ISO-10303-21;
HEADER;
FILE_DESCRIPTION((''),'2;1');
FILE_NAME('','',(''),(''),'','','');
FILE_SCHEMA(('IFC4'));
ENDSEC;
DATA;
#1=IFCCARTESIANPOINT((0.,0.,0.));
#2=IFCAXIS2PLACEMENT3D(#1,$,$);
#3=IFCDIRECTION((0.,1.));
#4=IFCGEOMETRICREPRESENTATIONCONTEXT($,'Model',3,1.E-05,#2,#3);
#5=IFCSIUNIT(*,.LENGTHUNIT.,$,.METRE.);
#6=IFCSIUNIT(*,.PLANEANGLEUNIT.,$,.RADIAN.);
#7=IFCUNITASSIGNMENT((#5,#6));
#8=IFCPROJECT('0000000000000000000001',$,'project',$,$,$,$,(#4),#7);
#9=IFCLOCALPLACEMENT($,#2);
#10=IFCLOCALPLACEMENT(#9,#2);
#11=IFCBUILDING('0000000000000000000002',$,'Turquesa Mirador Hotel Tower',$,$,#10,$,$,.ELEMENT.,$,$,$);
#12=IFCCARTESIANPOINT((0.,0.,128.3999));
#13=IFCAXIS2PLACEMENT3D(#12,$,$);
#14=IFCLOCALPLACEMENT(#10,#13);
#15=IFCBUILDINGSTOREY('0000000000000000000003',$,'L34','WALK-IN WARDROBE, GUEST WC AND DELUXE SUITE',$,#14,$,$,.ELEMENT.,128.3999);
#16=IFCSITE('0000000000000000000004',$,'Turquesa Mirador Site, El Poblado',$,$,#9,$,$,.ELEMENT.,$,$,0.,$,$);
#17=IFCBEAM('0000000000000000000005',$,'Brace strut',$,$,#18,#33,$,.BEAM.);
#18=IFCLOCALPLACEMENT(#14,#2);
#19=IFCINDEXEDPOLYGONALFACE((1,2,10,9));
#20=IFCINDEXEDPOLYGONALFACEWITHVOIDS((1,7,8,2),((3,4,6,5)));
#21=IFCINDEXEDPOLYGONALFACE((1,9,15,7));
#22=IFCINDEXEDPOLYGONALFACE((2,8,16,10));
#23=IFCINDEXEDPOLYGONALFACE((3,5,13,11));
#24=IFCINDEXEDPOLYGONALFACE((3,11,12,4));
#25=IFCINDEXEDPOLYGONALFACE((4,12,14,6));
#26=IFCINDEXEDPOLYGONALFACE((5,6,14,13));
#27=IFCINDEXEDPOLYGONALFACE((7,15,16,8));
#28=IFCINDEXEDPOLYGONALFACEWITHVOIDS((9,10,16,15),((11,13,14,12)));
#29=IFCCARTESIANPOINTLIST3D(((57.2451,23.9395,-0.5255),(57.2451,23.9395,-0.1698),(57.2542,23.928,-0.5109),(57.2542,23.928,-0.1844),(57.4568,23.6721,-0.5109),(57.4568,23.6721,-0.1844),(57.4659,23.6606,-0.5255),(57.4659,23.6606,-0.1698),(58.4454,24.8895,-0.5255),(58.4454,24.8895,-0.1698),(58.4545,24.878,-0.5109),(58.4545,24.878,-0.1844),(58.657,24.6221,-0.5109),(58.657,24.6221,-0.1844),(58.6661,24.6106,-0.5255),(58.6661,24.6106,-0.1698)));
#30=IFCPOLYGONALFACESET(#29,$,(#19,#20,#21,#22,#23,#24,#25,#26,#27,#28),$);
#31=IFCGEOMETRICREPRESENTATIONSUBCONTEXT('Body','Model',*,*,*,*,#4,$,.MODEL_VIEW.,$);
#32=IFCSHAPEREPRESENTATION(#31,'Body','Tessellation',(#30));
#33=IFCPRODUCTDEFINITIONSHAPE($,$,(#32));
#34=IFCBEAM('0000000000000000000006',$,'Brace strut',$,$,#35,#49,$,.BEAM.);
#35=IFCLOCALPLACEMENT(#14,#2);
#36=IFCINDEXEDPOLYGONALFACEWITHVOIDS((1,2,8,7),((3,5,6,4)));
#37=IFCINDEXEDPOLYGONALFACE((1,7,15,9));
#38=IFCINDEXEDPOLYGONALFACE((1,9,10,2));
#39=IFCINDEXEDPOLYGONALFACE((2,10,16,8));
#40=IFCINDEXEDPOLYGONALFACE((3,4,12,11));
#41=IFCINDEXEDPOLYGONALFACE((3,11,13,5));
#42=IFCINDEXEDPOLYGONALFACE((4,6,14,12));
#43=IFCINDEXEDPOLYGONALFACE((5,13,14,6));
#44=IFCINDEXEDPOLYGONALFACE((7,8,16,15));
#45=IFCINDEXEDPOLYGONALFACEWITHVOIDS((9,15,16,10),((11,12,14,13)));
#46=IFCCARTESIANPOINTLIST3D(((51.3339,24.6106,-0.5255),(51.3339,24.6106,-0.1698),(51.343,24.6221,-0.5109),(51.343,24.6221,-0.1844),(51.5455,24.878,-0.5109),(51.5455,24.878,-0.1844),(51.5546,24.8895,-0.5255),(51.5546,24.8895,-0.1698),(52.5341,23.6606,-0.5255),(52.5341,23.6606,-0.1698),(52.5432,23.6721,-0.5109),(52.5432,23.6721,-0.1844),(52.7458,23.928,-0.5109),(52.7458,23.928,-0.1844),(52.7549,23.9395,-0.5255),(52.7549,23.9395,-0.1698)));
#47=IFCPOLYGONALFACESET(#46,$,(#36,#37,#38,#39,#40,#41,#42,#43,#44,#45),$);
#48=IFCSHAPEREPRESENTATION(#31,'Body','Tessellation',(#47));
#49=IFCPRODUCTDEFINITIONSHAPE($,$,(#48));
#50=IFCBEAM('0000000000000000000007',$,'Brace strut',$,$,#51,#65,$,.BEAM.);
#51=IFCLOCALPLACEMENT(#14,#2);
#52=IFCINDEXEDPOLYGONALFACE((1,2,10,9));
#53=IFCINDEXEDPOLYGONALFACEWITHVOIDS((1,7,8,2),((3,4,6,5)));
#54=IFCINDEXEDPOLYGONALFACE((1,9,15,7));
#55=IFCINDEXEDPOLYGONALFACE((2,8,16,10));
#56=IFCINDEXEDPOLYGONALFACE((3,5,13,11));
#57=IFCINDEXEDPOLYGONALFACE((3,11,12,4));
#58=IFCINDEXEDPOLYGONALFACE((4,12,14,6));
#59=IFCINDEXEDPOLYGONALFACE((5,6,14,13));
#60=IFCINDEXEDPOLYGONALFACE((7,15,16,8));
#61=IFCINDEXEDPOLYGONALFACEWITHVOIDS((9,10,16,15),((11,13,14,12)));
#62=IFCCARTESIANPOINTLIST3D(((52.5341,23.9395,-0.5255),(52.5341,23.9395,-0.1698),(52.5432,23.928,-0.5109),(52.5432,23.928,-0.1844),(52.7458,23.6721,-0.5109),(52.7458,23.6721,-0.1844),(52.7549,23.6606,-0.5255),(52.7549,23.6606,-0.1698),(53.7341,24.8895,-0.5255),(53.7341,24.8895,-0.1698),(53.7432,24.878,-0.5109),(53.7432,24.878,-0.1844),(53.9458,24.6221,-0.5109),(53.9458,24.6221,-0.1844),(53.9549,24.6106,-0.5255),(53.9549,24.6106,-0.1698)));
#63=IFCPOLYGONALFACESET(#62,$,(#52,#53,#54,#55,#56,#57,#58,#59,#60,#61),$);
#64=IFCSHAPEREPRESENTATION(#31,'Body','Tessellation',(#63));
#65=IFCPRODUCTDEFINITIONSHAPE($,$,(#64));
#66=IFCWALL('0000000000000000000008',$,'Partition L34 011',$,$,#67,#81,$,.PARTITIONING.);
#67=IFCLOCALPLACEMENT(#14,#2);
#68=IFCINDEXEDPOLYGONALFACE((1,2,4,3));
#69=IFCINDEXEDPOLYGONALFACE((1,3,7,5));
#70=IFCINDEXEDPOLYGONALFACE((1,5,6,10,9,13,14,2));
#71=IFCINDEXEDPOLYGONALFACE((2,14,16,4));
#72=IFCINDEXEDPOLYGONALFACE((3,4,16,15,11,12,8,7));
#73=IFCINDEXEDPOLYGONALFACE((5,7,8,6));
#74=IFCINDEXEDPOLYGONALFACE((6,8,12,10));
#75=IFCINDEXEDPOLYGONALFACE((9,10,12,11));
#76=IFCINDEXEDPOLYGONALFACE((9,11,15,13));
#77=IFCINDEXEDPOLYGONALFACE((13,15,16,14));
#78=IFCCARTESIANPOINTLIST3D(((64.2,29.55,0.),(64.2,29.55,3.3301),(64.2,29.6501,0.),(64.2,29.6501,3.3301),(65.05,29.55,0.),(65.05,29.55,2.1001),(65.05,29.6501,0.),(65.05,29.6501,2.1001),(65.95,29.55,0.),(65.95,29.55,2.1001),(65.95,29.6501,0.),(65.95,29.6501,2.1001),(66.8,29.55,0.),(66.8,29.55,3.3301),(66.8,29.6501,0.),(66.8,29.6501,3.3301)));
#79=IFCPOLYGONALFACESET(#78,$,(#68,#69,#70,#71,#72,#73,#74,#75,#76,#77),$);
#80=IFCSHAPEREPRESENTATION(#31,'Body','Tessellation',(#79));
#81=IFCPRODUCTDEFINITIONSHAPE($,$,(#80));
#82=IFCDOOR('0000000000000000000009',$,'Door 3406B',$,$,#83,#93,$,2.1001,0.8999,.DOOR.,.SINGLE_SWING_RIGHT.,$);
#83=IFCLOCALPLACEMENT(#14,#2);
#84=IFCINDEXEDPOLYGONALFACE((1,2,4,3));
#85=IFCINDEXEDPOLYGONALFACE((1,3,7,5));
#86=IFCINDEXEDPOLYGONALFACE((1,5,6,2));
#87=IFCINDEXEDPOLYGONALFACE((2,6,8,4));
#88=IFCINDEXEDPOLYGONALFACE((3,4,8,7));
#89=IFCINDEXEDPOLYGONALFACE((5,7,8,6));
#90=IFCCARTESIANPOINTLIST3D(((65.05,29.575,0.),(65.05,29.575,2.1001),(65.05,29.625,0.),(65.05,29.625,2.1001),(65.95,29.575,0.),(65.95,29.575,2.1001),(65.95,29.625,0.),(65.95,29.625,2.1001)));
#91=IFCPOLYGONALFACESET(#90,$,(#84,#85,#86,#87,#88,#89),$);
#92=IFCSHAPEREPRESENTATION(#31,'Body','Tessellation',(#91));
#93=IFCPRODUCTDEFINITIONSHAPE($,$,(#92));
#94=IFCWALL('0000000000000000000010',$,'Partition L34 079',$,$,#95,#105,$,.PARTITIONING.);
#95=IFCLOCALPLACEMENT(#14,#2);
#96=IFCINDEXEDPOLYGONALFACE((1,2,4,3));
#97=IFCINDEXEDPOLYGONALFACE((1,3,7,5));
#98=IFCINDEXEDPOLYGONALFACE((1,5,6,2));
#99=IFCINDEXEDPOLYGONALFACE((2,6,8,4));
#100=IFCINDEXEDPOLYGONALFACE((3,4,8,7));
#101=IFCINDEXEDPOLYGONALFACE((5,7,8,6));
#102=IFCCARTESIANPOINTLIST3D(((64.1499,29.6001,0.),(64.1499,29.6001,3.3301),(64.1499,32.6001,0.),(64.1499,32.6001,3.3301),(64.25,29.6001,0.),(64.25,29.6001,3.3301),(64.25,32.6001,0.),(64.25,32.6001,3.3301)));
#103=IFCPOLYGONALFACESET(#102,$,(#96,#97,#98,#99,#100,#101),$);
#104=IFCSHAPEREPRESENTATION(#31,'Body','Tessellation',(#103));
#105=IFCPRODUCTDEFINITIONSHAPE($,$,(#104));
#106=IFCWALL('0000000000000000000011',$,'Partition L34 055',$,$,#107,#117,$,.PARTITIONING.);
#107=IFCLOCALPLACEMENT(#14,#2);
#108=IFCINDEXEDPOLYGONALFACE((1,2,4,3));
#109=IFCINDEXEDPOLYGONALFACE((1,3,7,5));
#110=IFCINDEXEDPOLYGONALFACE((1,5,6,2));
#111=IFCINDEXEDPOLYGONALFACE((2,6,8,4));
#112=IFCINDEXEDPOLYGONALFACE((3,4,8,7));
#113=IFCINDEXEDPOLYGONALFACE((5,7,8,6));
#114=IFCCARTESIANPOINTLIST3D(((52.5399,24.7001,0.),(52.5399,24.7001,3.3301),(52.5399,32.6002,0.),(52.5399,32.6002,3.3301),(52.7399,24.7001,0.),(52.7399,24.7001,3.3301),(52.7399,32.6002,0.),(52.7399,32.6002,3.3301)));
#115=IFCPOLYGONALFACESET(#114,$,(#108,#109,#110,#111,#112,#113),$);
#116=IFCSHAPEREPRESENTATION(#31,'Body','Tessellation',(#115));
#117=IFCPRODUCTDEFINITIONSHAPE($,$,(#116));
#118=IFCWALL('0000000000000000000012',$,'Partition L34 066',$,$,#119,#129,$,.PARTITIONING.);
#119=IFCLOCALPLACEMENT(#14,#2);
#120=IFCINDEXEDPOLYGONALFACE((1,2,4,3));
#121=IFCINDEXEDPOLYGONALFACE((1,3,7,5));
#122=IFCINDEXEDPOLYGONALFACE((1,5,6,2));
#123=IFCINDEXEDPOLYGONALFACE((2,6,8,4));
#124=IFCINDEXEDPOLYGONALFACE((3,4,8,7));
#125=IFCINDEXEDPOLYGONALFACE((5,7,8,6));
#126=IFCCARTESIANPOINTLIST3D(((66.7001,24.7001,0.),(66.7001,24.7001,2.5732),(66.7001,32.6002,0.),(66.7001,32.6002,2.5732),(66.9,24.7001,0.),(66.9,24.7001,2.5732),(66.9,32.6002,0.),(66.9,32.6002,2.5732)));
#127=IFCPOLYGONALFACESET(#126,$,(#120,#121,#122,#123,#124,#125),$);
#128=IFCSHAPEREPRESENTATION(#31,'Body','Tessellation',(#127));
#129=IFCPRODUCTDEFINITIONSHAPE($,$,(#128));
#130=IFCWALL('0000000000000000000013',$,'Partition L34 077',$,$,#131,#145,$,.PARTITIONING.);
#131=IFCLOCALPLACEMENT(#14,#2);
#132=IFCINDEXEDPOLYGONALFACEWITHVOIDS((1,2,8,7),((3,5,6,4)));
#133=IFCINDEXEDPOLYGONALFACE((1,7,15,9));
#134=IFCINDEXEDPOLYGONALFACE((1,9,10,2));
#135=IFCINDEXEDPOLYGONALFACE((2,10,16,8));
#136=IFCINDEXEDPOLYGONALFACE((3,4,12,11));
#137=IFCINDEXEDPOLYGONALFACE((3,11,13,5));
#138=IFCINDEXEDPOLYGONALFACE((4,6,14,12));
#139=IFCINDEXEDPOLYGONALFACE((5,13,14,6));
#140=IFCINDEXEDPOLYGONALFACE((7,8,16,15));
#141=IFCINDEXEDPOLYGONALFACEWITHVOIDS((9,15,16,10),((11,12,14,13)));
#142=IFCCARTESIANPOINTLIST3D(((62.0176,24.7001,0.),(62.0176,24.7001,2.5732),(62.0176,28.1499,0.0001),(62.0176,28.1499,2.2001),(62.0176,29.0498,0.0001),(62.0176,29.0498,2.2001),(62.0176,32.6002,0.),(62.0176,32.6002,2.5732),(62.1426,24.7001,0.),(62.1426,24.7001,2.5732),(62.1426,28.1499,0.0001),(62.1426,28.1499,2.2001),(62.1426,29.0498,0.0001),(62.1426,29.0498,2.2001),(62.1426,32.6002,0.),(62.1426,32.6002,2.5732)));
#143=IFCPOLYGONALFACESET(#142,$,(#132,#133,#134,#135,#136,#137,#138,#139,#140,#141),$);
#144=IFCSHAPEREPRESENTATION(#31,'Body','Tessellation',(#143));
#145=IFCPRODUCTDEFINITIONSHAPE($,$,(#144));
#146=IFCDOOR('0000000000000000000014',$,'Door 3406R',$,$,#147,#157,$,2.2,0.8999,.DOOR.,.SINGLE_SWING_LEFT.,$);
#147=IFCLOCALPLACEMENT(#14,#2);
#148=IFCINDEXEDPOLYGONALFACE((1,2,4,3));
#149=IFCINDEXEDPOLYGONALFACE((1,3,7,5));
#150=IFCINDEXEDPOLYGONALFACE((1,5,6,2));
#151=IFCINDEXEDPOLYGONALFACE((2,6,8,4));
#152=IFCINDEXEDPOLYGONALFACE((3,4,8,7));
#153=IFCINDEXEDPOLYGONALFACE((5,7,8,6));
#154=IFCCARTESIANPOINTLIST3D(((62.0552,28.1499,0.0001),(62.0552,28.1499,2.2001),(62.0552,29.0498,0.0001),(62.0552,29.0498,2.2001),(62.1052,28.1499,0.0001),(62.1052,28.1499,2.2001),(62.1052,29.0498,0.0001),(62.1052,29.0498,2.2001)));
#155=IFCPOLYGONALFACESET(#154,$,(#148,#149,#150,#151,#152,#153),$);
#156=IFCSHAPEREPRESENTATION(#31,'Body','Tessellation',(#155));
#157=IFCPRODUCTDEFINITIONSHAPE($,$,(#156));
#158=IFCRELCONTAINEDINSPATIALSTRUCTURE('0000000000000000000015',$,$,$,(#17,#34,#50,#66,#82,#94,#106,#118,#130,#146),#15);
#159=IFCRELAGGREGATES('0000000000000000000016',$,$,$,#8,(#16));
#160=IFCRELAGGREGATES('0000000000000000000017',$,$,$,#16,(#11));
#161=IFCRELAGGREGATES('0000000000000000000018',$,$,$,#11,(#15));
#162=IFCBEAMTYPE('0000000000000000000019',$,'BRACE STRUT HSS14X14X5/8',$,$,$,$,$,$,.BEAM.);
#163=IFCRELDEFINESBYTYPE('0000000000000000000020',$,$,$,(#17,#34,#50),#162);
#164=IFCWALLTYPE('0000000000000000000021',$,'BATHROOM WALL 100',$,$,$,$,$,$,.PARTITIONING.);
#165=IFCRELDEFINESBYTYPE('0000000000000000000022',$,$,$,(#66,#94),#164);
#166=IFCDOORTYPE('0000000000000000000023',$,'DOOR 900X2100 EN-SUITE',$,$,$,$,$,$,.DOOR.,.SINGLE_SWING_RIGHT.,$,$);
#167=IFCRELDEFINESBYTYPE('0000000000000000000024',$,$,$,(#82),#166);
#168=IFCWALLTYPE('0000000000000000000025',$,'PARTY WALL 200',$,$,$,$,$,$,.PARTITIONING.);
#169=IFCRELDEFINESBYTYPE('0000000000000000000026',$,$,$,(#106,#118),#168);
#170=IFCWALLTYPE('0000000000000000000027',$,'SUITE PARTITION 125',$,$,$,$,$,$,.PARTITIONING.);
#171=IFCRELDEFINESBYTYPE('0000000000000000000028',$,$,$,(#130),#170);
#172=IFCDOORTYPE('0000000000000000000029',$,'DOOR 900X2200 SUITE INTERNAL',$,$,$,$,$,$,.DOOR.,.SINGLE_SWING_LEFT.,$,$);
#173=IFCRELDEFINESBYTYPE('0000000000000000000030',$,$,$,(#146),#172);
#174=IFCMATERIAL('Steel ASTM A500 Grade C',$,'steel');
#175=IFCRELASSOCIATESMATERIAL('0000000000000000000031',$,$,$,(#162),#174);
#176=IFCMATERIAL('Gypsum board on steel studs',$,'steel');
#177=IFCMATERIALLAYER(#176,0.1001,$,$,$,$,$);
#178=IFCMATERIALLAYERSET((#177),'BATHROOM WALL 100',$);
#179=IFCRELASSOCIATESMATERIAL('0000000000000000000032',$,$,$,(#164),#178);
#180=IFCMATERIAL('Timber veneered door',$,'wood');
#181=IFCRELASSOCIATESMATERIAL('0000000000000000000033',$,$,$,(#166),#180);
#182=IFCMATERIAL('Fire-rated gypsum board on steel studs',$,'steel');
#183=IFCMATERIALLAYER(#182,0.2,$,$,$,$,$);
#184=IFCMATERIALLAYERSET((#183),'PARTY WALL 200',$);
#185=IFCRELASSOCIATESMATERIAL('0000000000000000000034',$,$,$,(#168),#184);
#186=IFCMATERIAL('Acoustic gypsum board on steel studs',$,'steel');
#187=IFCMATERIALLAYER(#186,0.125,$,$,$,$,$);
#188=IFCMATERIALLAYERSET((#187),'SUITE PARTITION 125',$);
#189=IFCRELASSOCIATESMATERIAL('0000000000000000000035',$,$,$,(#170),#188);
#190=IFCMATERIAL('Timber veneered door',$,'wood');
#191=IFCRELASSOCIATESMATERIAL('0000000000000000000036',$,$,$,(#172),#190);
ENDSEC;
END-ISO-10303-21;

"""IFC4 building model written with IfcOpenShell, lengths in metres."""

from ifc_helpers import new_model, si_unit, direction, frame, frame_2d, origin, origin_2d, place, context, subcontext, project, spatial, rectangle, hollow_rectangle, extrude, material, layer, layer_set, material_profile, profile_set, type_object, element, fill, save


model = new_model("IFC4")

# Units and contexts
model_context = context("Model", 3, precision=1e-05, world=origin(), true_north=direction((0.0, 1.0)))
body_context = subcontext(model_context, "Body", "Model", "MODEL_VIEW")
ifc_project = project(units=[si_unit("LENGTHUNIT", "METRE"), si_unit("PLANEANGLEUNIT", "RADIAN")], contexts=[model_context])

# Site, building, storey
site_placement = place(None, origin())
site = spatial("IfcSite", under=ifc_project, at=site_placement, Name="Turquesa Mirador Site, El Poblado", CompositionType="ELEMENT", RefElevation=0.0)
building_placement = place(site_placement, origin())
building = spatial("IfcBuilding", under=site, at=building_placement, Name="Turquesa Mirador Hotel Tower", CompositionType="ELEMENT")
storey_placement = place(building_placement, frame((0.0, 0.0, 128.3999)))
storey = spatial("IfcBuildingStorey", under=building, at=storey_placement, Name="L34", Description="WALK-IN WARDROBE, GUEST WC AND DELUXE SUITE", CompositionType="ELEMENT", Elevation=128.3999)

# Beams
ifc_material_1 = material(Name="Steel ASTM A500 Grade C", Category="steel")
ifc_material_profile_1 = material_profile(ifc_material_1, hollow_rectangle(XDim=0.3557, YDim=0.3557, WallThickness=0.0146, at=origin_2d()), Name="HSS14X14X5/8")
ifc_profile_set_1 = profile_set([ifc_material_profile_1], Name="Steel ASTM A500 Grade C")
beam_type_1 = type_object("IfcBeamType", Name="BRACE STRUT HSS14X14X5/8", PredefinedType="BEAM", material=ifc_profile_set_1)
for number, where, z_axis, x_axis, name in (
    (1, (57.3555, 23.8, -0.3477), (0.784111, 0.620621, 0.0), (-0.620621, 0.784111, 0.0), "Brace strut"),
    (2, (52.6445, 23.8, -0.3477), (-0.784111, 0.620621, 0.0), (-0.620621, -0.784111, 0.0), "Brace strut"),
):
    element("IfcBeam", number, at=place(storey_placement, frame(where, z_axis=z_axis, x_axis=x_axis)), inside=storey, type_object=beam_type_1, Name=name, PredefinedType="BEAM", context=body_context, shape_type="SweptSolid", body=[
        extrude(hollow_rectangle(XDim=0.3557, YDim=0.3557, WallThickness=0.0146, at=origin_2d()), origin(), (0.0, 0.0, 1.0), 1.5308),
    ])
beam_1_placement = place(storey_placement, frame((52.6445, 23.8, -0.3477), z_axis=(0.784049, 0.620699, 0.0), x_axis=(-0.620699, 0.784049, 0.0)))
element("IfcBeam", 3, at=beam_1_placement, inside=storey, type_object=beam_type_1, Name="Brace strut", PredefinedType="BEAM", context=body_context, shape_type="SweptSolid", body=[
    extrude(hollow_rectangle(XDim=0.3557, YDim=0.3557, WallThickness=0.0146, at=origin_2d()), origin(), (0.0, 0.0, 1.0), 1.5305),
])

# Wall, opening, door
ifc_material_2 = material(Name="Gypsum board on steel studs", Category="steel")
ifc_layer_1 = layer(ifc_material_2, 0.1001)
ifc_layer_set_1 = layer_set([ifc_layer_1], Name="BATHROOM WALL 100")
wall_type_1 = type_object("IfcWallType", Name="BATHROOM WALL 100", PredefinedType="PARTITIONING", material=ifc_layer_set_1)
wall_1_placement = place(storey_placement, frame((64.2, 29.6001, 0.0), z_axis=(0.0, 0.0, 1.0), x_axis=(1.0, 0.0, 0.0)))
wall_1 = element("IfcWall", 4, at=wall_1_placement, inside=storey, type_object=wall_type_1, Name="Partition L34 011", PredefinedType="PARTITIONING", context=body_context, shape_type="SweptSolid", body=[
    extrude(rectangle(XDim=2.6001, YDim=0.1001, at=frame_2d((1.3, 0.0))), origin(), (0.0, 0.0, 1.0), 3.3301),
])
opening_1_placement = place(wall_1_placement, frame((0.8501, 0.0, 0.0)))
opening_1 = element("IfcOpeningElement", 5, at=opening_1_placement, cuts=wall_1, PredefinedType="OPENING", context=body_context, shape_type="SweptSolid", body=[
    extrude(rectangle(XDim=0.8999, YDim=2.1001, at=frame_2d((0.45, 1.05))), frame((0.0, 0.0601, 0.0), z_axis=(0.0, -1.0, 0.0), x_axis=(1.0, 0.0, 0.0)), (0.0, 0.0, 1.0), 0.1201),
])
ifc_material_3 = material(Name="Timber veneered door", Category="wood")
door_type_1 = type_object("IfcDoorType", Name="DOOR 900X2100 EN-SUITE", OperationType="SINGLE_SWING_RIGHT", PredefinedType="DOOR", material=ifc_material_3)
door_1_placement = place(opening_1_placement, origin())
door_1 = element("IfcDoor", 6, at=door_1_placement, inside=storey, type_object=door_type_1, Name="Door 3406B", OperationType="SINGLE_SWING_RIGHT", OverallHeight=2.1001, OverallWidth=0.8999, PredefinedType="DOOR", context=body_context, shape_type="SweptSolid", body=[
    extrude(rectangle(XDim=0.8999, YDim=2.1001, at=frame_2d((0.45, 1.05))), frame((0.0, 0.0249, 0.0), z_axis=(0.0, -1.0, 0.0), x_axis=(1.0, 0.0, 0.0)), (0.0, 0.0, 1.0), 0.05),
])
fill(opening_1, door_1)

# Walls
wall_2_placement = place(storey_placement, frame((64.2, 29.6001, 0.0), z_axis=(0.0, 0.0, 1.0), x_axis=(0.0, 1.0, 0.0)))
element("IfcWall", 7, at=wall_2_placement, inside=storey, type_object=wall_type_1, Name="Partition L34 079", PredefinedType="PARTITIONING", context=body_context, shape_type="SweptSolid", body=[
    extrude(rectangle(XDim=3.0, YDim=0.1001, at=frame_2d((1.5, 0.0))), origin(), (0.0, 0.0, 1.0), 3.3301),
])
ifc_material_4 = material(Name="Fire-rated gypsum board on steel studs", Category="steel")
ifc_layer_2 = layer(ifc_material_4, 0.2)
ifc_layer_set_2 = layer_set([ifc_layer_2], Name="PARTY WALL 200")
wall_type_2 = type_object("IfcWallType", Name="PARTY WALL 200", PredefinedType="PARTITIONING", material=ifc_layer_set_2)
wall_3_placement = place(storey_placement, frame((52.6399, 24.7, 0.0), z_axis=(0.0, 0.0, 1.0), x_axis=(0.0, 1.0, 0.0)))
element("IfcWall", 8, at=wall_3_placement, inside=storey, type_object=wall_type_2, Name="Partition L34 055", PredefinedType="PARTITIONING", context=body_context, shape_type="SweptSolid", body=[
    extrude(rectangle(XDim=7.9001, YDim=0.2, at=frame_2d((3.9502, 0.0))), origin(), (0.0, 0.0, 1.0), 3.3301),
])
wall_4_placement = place(storey_placement, frame((66.8, 24.7, 0.0), z_axis=(0.0, 0.0, 1.0), x_axis=(0.0, 1.0, 0.0)))
element("IfcWall", 9, at=wall_4_placement, inside=storey, type_object=wall_type_2, Name="Partition L34 066", PredefinedType="PARTITIONING", context=body_context, shape_type="SweptSolid", body=[
    extrude(rectangle(XDim=7.9001, YDim=0.2, at=frame_2d((3.9502, 0.0))), origin(), (0.0, 0.0, 1.0), 2.5732),
])

# Wall, opening, door
ifc_material_5 = material(Name="Acoustic gypsum board on steel studs", Category="steel")
ifc_layer_3 = layer(ifc_material_5, 0.125)
ifc_layer_set_3 = layer_set([ifc_layer_3], Name="SUITE PARTITION 125")
wall_type_3 = type_object("IfcWallType", Name="SUITE PARTITION 125", PredefinedType="PARTITIONING", material=ifc_layer_set_3)
wall_5_placement = place(storey_placement, frame((62.0801, 24.7, 0.0), z_axis=(0.0, 0.0, 1.0), x_axis=(0.0, 1.0, 0.0)))
wall_5 = element("IfcWall", 10, at=wall_5_placement, inside=storey, type_object=wall_type_3, Name="Partition L34 077", PredefinedType="PARTITIONING", context=body_context, shape_type="SweptSolid", body=[
    extrude(rectangle(XDim=7.9001, YDim=0.125, at=frame_2d((3.9502, 0.0))), origin(), (0.0, 0.0, 1.0), 2.5732),
])
opening_2_placement = place(wall_5_placement, frame((3.45, 0.0, 0.0)))
opening_2 = element("IfcOpeningElement", 11, at=opening_2_placement, cuts=wall_5, PredefinedType="OPENING", context=body_context, shape_type="SweptSolid", body=[
    extrude(rectangle(XDim=0.8999, YDim=2.2, at=frame_2d((0.45, 1.1001))), frame((0.0, 0.0725, 0.0), z_axis=(0.0, -1.0, 0.0), x_axis=(1.0, 0.0, 0.0)), (0.0, 0.0, 1.0), 0.145),
])
ifc_material_6 = material(Name="Timber veneered door", Category="wood")
door_type_2 = type_object("IfcDoorType", Name="DOOR 900X2200 SUITE INTERNAL", OperationType="SINGLE_SWING_LEFT", PredefinedType="DOOR", material=ifc_material_6)
door_2_placement = place(opening_2_placement, origin())
door_2 = element("IfcDoor", 12, at=door_2_placement, inside=storey, type_object=door_type_2, Name="Door 3406R", OperationType="SINGLE_SWING_LEFT", OverallHeight=2.2, OverallWidth=0.8999, PredefinedType="DOOR", context=body_context, shape_type="SweptSolid", body=[
    extrude(rectangle(XDim=0.8999, YDim=2.2, at=frame_2d((0.45, 1.1001))), frame((0.0, 0.0249, 0.0), z_axis=(0.0, -1.0, 0.0), x_axis=(1.0, 0.0, 0.0)), (0.0, 0.0, 1.0), 0.05),
])
fill(opening_2, door_2)

save(model, "model.ifc")
